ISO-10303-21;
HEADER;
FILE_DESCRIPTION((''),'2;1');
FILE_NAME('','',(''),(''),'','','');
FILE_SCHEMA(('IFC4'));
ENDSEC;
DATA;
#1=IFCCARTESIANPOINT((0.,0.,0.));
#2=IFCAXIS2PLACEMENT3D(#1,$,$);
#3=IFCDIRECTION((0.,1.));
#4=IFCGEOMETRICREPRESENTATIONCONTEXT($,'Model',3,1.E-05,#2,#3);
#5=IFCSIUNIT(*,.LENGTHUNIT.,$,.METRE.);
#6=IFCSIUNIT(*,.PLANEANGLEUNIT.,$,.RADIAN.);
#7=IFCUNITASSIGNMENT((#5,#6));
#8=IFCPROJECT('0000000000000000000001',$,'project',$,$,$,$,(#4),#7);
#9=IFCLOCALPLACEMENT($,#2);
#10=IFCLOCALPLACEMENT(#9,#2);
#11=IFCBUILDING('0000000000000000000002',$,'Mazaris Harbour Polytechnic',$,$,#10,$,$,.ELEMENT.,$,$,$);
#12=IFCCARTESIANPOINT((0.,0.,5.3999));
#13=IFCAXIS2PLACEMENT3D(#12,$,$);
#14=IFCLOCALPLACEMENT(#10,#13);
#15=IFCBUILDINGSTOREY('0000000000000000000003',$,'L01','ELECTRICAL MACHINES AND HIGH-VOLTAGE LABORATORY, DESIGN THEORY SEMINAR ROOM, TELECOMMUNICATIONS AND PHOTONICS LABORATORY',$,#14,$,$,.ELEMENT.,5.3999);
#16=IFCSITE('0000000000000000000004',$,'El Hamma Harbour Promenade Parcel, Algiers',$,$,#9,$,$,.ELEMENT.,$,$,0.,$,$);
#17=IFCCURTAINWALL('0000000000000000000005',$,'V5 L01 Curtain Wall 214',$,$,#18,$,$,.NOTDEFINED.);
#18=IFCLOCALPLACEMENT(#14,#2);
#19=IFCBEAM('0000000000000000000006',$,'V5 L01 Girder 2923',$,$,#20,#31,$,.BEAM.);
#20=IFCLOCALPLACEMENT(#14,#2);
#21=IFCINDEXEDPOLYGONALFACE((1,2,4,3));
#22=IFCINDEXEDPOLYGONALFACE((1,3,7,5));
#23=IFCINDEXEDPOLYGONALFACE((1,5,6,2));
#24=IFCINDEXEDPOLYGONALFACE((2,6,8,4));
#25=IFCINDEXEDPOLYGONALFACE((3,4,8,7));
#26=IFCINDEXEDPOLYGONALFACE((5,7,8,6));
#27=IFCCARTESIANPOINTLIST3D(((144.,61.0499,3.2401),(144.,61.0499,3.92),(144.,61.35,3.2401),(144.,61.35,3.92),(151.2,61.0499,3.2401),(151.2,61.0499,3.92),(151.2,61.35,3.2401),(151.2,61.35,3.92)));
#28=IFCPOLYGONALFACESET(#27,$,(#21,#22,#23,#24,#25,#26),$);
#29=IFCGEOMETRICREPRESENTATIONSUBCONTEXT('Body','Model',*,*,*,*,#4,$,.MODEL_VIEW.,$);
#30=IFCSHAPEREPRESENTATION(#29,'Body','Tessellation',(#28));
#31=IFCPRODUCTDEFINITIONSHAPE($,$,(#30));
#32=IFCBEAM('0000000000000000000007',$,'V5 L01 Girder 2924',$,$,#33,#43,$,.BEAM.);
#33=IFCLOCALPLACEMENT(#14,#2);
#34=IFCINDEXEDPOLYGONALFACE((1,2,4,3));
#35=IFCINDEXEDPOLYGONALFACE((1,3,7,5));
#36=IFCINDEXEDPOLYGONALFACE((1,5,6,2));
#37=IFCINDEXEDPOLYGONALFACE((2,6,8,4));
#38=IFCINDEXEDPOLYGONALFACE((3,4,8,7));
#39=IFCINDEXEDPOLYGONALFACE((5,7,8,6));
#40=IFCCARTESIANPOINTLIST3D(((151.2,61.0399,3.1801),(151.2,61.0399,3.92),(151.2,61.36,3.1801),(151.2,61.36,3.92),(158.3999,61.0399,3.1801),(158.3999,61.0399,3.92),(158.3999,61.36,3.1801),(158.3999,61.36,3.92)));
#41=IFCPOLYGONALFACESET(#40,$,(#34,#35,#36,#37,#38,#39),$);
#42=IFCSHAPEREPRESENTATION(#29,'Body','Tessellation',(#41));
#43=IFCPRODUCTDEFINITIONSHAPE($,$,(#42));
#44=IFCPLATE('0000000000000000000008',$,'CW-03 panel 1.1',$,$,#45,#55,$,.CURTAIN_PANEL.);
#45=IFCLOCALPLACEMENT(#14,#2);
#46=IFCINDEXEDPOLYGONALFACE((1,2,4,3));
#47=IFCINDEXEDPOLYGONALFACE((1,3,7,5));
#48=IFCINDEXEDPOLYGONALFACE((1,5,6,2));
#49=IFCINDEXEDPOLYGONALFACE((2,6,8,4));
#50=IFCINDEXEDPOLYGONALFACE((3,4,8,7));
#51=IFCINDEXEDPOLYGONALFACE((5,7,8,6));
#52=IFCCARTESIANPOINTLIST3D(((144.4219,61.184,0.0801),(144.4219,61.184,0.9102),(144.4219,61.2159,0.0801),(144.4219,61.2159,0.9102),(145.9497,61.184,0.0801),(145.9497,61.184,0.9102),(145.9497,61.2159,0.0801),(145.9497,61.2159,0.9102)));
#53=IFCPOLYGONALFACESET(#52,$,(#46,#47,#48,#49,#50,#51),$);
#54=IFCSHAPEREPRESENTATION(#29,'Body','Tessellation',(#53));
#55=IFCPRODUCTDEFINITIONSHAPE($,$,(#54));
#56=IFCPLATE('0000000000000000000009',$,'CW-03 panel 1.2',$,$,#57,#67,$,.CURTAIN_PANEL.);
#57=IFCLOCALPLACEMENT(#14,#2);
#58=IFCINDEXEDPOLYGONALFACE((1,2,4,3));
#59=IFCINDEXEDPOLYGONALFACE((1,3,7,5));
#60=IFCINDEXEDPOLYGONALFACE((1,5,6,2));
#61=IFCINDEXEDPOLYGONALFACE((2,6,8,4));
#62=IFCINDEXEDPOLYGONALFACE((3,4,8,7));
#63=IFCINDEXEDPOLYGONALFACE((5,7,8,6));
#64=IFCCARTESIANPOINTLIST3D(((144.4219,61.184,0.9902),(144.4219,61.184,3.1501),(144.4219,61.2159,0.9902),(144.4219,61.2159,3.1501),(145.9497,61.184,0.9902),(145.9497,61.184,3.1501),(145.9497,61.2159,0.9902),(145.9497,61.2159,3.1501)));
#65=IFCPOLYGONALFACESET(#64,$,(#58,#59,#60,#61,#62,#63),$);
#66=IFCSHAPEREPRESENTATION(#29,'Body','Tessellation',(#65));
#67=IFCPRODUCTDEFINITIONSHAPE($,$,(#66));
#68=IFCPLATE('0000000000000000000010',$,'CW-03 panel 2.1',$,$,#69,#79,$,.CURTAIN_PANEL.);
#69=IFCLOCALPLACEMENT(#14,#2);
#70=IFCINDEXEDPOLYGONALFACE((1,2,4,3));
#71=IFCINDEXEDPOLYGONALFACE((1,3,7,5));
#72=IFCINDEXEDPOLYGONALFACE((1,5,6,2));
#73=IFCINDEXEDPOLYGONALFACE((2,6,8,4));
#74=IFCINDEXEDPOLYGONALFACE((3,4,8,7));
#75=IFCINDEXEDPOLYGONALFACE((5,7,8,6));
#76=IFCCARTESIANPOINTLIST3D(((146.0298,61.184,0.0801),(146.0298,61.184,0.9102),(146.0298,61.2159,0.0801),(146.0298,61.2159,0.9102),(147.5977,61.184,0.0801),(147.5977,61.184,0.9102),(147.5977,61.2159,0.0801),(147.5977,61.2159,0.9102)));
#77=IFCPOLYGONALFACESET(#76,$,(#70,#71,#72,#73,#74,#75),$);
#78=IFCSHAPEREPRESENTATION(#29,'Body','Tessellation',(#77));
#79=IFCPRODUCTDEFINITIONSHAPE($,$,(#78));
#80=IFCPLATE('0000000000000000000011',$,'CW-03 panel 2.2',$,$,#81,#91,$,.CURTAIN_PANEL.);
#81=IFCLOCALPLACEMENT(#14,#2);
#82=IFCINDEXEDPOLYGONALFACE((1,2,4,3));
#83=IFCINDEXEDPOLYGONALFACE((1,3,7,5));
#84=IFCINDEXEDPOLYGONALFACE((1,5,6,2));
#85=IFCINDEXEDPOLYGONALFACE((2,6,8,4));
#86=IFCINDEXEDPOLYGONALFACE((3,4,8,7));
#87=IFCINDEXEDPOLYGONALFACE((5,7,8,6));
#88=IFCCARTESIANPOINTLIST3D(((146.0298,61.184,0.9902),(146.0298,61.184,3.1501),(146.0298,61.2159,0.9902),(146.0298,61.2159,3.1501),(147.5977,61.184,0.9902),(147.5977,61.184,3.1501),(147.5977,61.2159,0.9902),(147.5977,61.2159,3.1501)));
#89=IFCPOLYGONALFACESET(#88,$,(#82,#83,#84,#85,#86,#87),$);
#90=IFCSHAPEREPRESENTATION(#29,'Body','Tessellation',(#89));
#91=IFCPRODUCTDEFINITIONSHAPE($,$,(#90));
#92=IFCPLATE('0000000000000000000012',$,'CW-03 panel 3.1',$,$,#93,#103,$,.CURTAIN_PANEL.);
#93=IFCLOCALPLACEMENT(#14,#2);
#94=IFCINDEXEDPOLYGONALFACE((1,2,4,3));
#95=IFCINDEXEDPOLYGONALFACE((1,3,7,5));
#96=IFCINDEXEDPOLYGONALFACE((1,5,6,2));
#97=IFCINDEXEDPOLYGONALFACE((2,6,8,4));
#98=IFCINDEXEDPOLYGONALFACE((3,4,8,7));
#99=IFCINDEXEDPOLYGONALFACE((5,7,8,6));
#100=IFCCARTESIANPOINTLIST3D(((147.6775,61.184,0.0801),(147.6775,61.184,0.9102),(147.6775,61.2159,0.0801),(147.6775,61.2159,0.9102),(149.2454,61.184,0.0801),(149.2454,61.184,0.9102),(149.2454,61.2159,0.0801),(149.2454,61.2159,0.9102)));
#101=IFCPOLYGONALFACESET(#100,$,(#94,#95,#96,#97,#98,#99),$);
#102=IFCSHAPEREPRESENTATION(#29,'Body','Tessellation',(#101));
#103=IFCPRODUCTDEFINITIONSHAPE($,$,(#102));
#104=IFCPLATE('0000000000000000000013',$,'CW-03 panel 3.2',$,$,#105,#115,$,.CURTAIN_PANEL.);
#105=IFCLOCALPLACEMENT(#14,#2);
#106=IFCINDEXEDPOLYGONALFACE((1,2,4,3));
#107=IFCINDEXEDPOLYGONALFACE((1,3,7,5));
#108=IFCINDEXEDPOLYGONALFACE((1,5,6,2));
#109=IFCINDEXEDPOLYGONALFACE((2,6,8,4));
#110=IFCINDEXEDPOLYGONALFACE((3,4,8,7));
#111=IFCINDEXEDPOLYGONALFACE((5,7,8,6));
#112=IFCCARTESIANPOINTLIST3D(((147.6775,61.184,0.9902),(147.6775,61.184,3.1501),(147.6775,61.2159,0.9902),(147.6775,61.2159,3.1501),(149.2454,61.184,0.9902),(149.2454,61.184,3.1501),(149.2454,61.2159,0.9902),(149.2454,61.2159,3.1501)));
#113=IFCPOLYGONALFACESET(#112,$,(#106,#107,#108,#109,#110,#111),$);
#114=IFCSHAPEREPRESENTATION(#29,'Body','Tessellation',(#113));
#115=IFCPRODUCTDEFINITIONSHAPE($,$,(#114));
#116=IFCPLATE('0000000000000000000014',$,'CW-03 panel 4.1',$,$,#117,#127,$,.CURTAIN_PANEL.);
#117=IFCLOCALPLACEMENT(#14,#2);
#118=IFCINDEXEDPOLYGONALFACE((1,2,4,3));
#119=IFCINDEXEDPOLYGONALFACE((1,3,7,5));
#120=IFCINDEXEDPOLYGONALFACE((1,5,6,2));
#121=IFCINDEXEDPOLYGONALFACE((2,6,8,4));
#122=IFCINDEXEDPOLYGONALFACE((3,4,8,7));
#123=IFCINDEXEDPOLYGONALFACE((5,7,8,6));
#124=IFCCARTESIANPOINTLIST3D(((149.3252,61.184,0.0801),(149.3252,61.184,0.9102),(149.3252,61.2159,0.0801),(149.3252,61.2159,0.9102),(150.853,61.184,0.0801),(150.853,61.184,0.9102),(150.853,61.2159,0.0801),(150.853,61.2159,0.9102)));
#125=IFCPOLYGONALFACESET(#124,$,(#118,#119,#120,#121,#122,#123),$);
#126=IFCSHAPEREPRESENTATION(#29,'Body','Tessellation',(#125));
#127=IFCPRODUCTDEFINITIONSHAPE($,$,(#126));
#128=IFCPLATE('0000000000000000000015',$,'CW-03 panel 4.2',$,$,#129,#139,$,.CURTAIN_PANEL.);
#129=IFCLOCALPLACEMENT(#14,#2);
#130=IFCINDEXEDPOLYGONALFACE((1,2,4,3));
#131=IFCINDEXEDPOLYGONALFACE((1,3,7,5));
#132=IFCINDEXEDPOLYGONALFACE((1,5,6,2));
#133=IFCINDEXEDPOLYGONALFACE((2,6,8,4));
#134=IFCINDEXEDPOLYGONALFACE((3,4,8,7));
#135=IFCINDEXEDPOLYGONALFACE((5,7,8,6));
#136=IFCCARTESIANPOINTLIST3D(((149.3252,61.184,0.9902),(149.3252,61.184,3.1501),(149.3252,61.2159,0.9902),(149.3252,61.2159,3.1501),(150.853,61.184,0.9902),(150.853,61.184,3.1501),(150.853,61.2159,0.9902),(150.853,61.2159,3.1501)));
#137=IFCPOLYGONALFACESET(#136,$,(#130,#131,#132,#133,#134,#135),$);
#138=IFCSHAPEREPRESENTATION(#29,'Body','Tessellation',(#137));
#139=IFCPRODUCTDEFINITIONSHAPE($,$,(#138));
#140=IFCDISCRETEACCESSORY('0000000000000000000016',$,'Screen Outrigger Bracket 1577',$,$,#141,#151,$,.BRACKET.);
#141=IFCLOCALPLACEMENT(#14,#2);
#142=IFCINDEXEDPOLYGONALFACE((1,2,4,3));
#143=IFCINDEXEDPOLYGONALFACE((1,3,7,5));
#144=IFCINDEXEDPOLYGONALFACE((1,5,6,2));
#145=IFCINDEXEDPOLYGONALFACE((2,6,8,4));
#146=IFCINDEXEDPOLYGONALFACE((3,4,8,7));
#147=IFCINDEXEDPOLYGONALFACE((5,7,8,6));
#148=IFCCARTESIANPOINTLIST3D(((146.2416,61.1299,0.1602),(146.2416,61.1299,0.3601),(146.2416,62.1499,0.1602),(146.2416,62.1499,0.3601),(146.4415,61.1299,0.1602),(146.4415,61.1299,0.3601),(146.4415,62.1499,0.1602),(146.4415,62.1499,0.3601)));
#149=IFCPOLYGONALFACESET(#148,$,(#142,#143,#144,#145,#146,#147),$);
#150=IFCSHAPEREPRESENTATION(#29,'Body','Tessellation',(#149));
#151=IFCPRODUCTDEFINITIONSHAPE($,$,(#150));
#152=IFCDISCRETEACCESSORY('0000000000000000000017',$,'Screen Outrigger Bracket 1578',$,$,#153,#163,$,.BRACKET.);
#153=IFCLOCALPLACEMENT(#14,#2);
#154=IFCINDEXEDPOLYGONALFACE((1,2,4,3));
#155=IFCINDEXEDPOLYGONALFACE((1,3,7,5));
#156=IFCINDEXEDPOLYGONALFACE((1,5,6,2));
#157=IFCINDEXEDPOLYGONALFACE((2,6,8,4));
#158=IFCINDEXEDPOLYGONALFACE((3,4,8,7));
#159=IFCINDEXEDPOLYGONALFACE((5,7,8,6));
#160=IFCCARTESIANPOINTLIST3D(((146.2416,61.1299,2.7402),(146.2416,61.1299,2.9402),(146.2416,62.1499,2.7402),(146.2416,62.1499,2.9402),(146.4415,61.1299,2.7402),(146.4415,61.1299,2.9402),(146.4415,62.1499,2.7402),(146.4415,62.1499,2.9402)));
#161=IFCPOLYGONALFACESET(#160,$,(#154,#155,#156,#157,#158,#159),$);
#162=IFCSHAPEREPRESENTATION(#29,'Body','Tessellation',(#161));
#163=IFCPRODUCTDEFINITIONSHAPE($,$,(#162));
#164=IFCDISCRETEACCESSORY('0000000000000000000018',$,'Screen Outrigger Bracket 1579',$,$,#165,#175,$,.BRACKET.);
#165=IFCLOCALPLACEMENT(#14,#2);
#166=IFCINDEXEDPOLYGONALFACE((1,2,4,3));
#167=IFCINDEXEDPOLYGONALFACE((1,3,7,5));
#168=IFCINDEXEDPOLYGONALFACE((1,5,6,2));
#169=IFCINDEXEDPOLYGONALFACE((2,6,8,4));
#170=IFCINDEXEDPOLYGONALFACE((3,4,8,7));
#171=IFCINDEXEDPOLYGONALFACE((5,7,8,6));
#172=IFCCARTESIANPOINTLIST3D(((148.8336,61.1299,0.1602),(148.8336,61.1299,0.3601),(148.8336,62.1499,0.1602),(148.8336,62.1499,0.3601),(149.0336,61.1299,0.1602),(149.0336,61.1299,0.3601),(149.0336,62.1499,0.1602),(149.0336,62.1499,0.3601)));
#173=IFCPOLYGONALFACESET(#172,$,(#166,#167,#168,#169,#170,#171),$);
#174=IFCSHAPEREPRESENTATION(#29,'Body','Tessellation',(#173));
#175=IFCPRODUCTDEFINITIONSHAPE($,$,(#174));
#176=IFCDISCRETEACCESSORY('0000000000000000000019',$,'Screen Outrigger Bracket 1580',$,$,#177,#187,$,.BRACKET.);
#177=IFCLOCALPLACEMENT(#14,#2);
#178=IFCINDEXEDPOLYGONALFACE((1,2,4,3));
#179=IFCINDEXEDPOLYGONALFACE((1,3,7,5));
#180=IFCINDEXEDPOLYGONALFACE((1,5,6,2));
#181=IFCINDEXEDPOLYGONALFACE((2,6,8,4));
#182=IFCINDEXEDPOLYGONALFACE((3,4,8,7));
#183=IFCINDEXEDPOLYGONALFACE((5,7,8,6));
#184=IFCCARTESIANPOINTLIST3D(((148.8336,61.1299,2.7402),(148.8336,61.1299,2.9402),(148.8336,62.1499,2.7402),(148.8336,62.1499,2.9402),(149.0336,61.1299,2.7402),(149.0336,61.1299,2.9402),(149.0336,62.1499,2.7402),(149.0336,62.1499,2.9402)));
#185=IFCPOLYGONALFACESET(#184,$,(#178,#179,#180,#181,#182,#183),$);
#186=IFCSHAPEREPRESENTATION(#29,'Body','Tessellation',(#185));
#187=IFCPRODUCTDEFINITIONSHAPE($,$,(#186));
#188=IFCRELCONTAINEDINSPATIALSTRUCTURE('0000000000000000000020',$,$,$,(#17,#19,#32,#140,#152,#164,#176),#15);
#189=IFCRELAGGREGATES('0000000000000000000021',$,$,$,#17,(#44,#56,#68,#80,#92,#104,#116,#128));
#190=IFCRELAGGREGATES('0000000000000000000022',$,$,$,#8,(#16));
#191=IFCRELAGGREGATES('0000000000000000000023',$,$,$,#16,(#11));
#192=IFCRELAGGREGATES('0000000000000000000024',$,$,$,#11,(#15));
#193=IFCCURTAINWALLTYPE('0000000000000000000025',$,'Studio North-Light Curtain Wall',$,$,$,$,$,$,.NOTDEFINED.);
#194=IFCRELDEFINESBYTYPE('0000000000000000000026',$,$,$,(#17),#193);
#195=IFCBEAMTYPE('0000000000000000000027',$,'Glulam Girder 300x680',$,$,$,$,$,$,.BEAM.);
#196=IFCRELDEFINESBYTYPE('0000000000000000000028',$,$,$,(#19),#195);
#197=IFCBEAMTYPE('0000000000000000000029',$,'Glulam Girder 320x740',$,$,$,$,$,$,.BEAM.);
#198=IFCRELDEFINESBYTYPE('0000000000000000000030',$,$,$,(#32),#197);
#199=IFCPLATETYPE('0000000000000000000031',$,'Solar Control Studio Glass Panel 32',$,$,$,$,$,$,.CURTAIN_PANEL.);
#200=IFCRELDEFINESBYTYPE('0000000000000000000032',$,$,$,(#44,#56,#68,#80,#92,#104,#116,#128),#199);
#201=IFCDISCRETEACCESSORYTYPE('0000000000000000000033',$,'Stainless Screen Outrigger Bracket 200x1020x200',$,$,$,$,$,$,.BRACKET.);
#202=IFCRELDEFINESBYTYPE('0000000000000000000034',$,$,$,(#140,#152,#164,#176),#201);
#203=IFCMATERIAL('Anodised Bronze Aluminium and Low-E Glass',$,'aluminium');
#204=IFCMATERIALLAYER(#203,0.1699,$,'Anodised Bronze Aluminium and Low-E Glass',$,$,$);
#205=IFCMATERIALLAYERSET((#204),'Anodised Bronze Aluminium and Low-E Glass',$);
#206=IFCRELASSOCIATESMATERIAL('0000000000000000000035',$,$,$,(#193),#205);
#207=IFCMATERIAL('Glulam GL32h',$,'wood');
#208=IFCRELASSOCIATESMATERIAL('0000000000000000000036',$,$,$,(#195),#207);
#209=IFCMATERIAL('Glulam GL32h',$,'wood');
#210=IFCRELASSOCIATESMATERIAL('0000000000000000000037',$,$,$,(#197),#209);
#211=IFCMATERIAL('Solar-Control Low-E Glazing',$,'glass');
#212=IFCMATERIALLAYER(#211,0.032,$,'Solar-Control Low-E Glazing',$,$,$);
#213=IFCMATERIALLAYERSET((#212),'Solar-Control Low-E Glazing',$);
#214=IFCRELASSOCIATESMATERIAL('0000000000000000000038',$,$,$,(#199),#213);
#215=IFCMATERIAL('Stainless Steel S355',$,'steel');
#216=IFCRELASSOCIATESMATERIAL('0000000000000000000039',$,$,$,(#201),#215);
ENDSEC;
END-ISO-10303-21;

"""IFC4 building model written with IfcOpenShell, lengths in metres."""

from ifc_helpers import new_model, si_unit, direction, frame, origin, origin_2d, place, context, subcontext, project, spatial, rectangle, extrude, material, layer, layer_set, material_profile, profile_set, type_object, element, aggregate, save


model = new_model("IFC4")

# Units and contexts
model_context = context("Model", 3, precision=1e-05, world=origin(), true_north=direction((0.0, 1.0)))
body_context = subcontext(model_context, "Body", "Model", "MODEL_VIEW")
ifc_project = project(units=[si_unit("LENGTHUNIT", "METRE"), si_unit("PLANEANGLEUNIT", "RADIAN")], contexts=[model_context])

# Site, building, storey
site_placement = place(None, origin())
site = spatial("IfcSite", under=ifc_project, at=site_placement, Name="El Hamma Harbour Promenade Parcel, Algiers", CompositionType="ELEMENT", RefElevation=0.0)
building_placement = place(site_placement, origin())
building = spatial("IfcBuilding", under=site, at=building_placement, Name="Mazaris Harbour Polytechnic", CompositionType="ELEMENT")
storey_placement = place(building_placement, frame((0.0, 0.0, 5.3999)))
storey = spatial("IfcBuildingStorey", under=building, at=storey_placement, Name="L01", Description="ELECTRICAL MACHINES AND HIGH-VOLTAGE LABORATORY, DESIGN THEORY SEMINAR ROOM, TELECOMMUNICATIONS AND PHOTONICS LABORATORY", CompositionType="ELEMENT", Elevation=5.3999)

# Curtain wall
ifc_material_1 = material(Name="Anodised Bronze Aluminium and Low-E Glass", Category="aluminium")
ifc_layer_1 = layer(ifc_material_1, 0.1699, Name="Anodised Bronze Aluminium and Low-E Glass")
ifc_layer_set_1 = layer_set([ifc_layer_1], Name="Anodised Bronze Aluminium and Low-E Glass")
curtain_wall_type = type_object("IfcCurtainWallType", Name="Studio North-Light Curtain Wall", PredefinedType="NOTDEFINED", material=ifc_layer_set_1)
curtain_wall_1_placement = place(storey_placement, origin())
curtain_wall_1 = element("IfcCurtainWall", 1, at=curtain_wall_1_placement, inside=storey, type_object=curtain_wall_type, Name="V5 L01 Curtain Wall 214", PredefinedType="NOTDEFINED")

# Beams
ifc_material_2 = material(Name="Glulam GL32h", Category="wood")
ifc_material_profile_1 = material_profile(ifc_material_2, rectangle(XDim=0.3, YDim=0.6799, at=origin_2d()), Name="RECT300x680")
ifc_profile_set_1 = profile_set([ifc_material_profile_1], Name="Glulam GL32h")
beam_type_1 = type_object("IfcBeamType", Name="Glulam Girder 300x680", PredefinedType="BEAM", material=ifc_profile_set_1)
beam_1_placement = place(storey_placement, frame((144.0, 61.2, 3.5801), z_axis=(1.0, 0.0, 0.0), x_axis=(0.0, 1.0, 0.0)))
element("IfcBeam", 2, at=beam_1_placement, inside=storey, type_object=beam_type_1, Name="V5 L01 Girder 2923", PredefinedType="BEAM", context=body_context, shape_type="SweptSolid", body=[
    extrude(rectangle(XDim=0.3, YDim=0.6799, at=origin_2d()), origin(), (0.0, 0.0, 1.0), 7.2),
])
ifc_material_3 = material(Name="Glulam GL32h", Category="wood")
ifc_material_profile_2 = material_profile(ifc_material_3, rectangle(XDim=0.3201, YDim=0.74, at=origin_2d()), Name="RECT320x740")
ifc_profile_set_2 = profile_set([ifc_material_profile_2], Name="Glulam GL32h")
beam_type_2 = type_object("IfcBeamType", Name="Glulam Girder 320x740", PredefinedType="BEAM", material=ifc_profile_set_2)
beam_2_placement = place(storey_placement, frame((151.2, 61.2, 3.55), z_axis=(1.0, 0.0, 0.0), x_axis=(0.0, 1.0, 0.0)))
element("IfcBeam", 3, at=beam_2_placement, inside=storey, type_object=beam_type_2, Name="V5 L01 Girder 2924", PredefinedType="BEAM", context=body_context, shape_type="SweptSolid", body=[
    extrude(rectangle(XDim=0.3201, YDim=0.74, at=origin_2d()), origin(), (0.0, 0.0, 1.0), 7.2),
])

# Plates
ifc_material_4 = material(Name="Solar-Control Low-E Glazing", Category="glass")
ifc_layer_2 = layer(ifc_material_4, 0.032, Name="Solar-Control Low-E Glazing")
ifc_layer_set_2 = layer_set([ifc_layer_2], Name="Solar-Control Low-E Glazing")
plate_type = type_object("IfcPlateType", Name="Solar Control Studio Glass Panel 32", PredefinedType="CURTAIN_PANEL", material=ifc_layer_set_2)
plate_1_placement = place(storey_placement, frame((145.1858, 61.2, 0.0801), z_axis=(0.0, 0.0, 1.0), x_axis=(1.0, 0.0, 0.0)))
plate_1 = element("IfcPlate", 4, at=plate_1_placement, type_object=plate_type, Name="CW-03 panel 1.1", PredefinedType="CURTAIN_PANEL", context=body_context, shape_type="SweptSolid", body=[
    extrude(rectangle(XDim=1.5278, YDim=0.032, at=origin_2d()), origin(), (0.0, 0.0, 1.0), 0.8301),
])
plate_2_placement = place(storey_placement, frame((145.1858, 61.2, 0.9902), z_axis=(0.0, 0.0, 1.0), x_axis=(1.0, 0.0, 0.0)))
plate_2 = element("IfcPlate", 5, at=plate_2_placement, type_object=plate_type, Name="CW-03 panel 1.2", PredefinedType="CURTAIN_PANEL", context=body_context, shape_type="SweptSolid", body=[
    extrude(rectangle(XDim=1.5278, YDim=0.032, at=origin_2d()), origin(), (0.0, 0.0, 1.0), 2.1599),
])
plate_3_placement = place(storey_placement, frame((146.8137, 61.2, 0.0801), z_axis=(0.0, 0.0, 1.0), x_axis=(1.0, 0.0, 0.0)))
plate_3 = element("IfcPlate", 6, at=plate_3_placement, type_object=plate_type, Name="CW-03 panel 2.1", PredefinedType="CURTAIN_PANEL", context=body_context, shape_type="SweptSolid", body=[
    extrude(rectangle(XDim=1.5679, YDim=0.032, at=origin_2d()), origin(), (0.0, 0.0, 1.0), 0.8301),
])
plate_4_placement = place(storey_placement, frame((146.8137, 61.2, 0.9902), z_axis=(0.0, 0.0, 1.0), x_axis=(1.0, 0.0, 0.0)))
plate_4 = element("IfcPlate", 7, at=plate_4_placement, type_object=plate_type, Name="CW-03 panel 2.2", PredefinedType="CURTAIN_PANEL", context=body_context, shape_type="SweptSolid", body=[
    extrude(rectangle(XDim=1.5679, YDim=0.032, at=origin_2d()), origin(), (0.0, 0.0, 1.0), 2.1599),
])
plate_5_placement = place(storey_placement, frame((148.4614, 61.2, 0.0801), z_axis=(0.0, 0.0, 1.0), x_axis=(1.0, 0.0, 0.0)))
plate_5 = element("IfcPlate", 8, at=plate_5_placement, type_object=plate_type, Name="CW-03 panel 3.1", PredefinedType="CURTAIN_PANEL", context=body_context, shape_type="SweptSolid", body=[
    extrude(rectangle(XDim=1.5679, YDim=0.032, at=origin_2d()), origin(), (0.0, 0.0, 1.0), 0.8301),
])
plate_6_placement = place(storey_placement, frame((148.4614, 61.2, 0.9902), z_axis=(0.0, 0.0, 1.0), x_axis=(1.0, 0.0, 0.0)))
plate_6 = element("IfcPlate", 9, at=plate_6_placement, type_object=plate_type, Name="CW-03 panel 3.2", PredefinedType="CURTAIN_PANEL", context=body_context, shape_type="SweptSolid", body=[
    extrude(rectangle(XDim=1.5679, YDim=0.032, at=origin_2d()), origin(), (0.0, 0.0, 1.0), 2.1599),
])
plate_7_placement = place(storey_placement, frame((150.0891, 61.2, 0.0801), z_axis=(0.0, 0.0, 1.0), x_axis=(1.0, 0.0, 0.0)))
plate_7 = element("IfcPlate", 10, at=plate_7_placement, type_object=plate_type, Name="CW-03 panel 4.1", PredefinedType="CURTAIN_PANEL", context=body_context, shape_type="SweptSolid", body=[
    extrude(rectangle(XDim=1.5278, YDim=0.032, at=origin_2d()), origin(), (0.0, 0.0, 1.0), 0.8301),
])
plate_8_placement = place(storey_placement, frame((150.0891, 61.2, 0.9902), z_axis=(0.0, 0.0, 1.0), x_axis=(1.0, 0.0, 0.0)))
plate_8 = element("IfcPlate", 11, at=plate_8_placement, type_object=plate_type, Name="CW-03 panel 4.2", PredefinedType="CURTAIN_PANEL", context=body_context, shape_type="SweptSolid", body=[
    extrude(rectangle(XDim=1.5278, YDim=0.032, at=origin_2d()), origin(), (0.0, 0.0, 1.0), 2.1599),
])
aggregate(curtain_wall_1, [plate_1, plate_2, plate_3, plate_4, plate_5, plate_6, plate_7, plate_8])

# Discrete accessories
ifc_material_5 = material(Name="Stainless Steel S355", Category="steel")
discrete_accessory_type = type_object("IfcDiscreteAccessoryType", Name="Stainless Screen Outrigger Bracket 200x1020x200", PredefinedType="BRACKET", material=ifc_material_5)
for number, where, z_axis, x_axis, name in (
    (12, (146.3416, 61.6399, 0.1602), (0.0, 0.0, 1.0), (1.0, 0.0, 0.0), "Screen Outrigger Bracket 1577"),
    (13, (146.3416, 61.6399, 2.7402), (0.0, 0.0, 1.0), (1.0, 0.0, 0.0), "Screen Outrigger Bracket 1578"),
    (14, (148.9336, 61.6399, 0.1602), (0.0, 0.0, 1.0), (1.0, 0.0, 0.0), "Screen Outrigger Bracket 1579"),
    (15, (148.9336, 61.6399, 2.7402), (0.0, 0.0, 1.0), (1.0, 0.0, 0.0), "Screen Outrigger Bracket 1580"),
):
    element("IfcDiscreteAccessory", number, at=place(storey_placement, frame(where, z_axis=z_axis, x_axis=x_axis)), inside=storey, type_object=discrete_accessory_type, Name=name, PredefinedType="BRACKET", context=body_context, shape_type="SweptSolid", body=[
        extrude(rectangle(XDim=0.2, YDim=1.02, at=origin_2d()), origin(), (0.0, 0.0, 1.0), 0.2),
    ])

save(model, "model.ifc")
